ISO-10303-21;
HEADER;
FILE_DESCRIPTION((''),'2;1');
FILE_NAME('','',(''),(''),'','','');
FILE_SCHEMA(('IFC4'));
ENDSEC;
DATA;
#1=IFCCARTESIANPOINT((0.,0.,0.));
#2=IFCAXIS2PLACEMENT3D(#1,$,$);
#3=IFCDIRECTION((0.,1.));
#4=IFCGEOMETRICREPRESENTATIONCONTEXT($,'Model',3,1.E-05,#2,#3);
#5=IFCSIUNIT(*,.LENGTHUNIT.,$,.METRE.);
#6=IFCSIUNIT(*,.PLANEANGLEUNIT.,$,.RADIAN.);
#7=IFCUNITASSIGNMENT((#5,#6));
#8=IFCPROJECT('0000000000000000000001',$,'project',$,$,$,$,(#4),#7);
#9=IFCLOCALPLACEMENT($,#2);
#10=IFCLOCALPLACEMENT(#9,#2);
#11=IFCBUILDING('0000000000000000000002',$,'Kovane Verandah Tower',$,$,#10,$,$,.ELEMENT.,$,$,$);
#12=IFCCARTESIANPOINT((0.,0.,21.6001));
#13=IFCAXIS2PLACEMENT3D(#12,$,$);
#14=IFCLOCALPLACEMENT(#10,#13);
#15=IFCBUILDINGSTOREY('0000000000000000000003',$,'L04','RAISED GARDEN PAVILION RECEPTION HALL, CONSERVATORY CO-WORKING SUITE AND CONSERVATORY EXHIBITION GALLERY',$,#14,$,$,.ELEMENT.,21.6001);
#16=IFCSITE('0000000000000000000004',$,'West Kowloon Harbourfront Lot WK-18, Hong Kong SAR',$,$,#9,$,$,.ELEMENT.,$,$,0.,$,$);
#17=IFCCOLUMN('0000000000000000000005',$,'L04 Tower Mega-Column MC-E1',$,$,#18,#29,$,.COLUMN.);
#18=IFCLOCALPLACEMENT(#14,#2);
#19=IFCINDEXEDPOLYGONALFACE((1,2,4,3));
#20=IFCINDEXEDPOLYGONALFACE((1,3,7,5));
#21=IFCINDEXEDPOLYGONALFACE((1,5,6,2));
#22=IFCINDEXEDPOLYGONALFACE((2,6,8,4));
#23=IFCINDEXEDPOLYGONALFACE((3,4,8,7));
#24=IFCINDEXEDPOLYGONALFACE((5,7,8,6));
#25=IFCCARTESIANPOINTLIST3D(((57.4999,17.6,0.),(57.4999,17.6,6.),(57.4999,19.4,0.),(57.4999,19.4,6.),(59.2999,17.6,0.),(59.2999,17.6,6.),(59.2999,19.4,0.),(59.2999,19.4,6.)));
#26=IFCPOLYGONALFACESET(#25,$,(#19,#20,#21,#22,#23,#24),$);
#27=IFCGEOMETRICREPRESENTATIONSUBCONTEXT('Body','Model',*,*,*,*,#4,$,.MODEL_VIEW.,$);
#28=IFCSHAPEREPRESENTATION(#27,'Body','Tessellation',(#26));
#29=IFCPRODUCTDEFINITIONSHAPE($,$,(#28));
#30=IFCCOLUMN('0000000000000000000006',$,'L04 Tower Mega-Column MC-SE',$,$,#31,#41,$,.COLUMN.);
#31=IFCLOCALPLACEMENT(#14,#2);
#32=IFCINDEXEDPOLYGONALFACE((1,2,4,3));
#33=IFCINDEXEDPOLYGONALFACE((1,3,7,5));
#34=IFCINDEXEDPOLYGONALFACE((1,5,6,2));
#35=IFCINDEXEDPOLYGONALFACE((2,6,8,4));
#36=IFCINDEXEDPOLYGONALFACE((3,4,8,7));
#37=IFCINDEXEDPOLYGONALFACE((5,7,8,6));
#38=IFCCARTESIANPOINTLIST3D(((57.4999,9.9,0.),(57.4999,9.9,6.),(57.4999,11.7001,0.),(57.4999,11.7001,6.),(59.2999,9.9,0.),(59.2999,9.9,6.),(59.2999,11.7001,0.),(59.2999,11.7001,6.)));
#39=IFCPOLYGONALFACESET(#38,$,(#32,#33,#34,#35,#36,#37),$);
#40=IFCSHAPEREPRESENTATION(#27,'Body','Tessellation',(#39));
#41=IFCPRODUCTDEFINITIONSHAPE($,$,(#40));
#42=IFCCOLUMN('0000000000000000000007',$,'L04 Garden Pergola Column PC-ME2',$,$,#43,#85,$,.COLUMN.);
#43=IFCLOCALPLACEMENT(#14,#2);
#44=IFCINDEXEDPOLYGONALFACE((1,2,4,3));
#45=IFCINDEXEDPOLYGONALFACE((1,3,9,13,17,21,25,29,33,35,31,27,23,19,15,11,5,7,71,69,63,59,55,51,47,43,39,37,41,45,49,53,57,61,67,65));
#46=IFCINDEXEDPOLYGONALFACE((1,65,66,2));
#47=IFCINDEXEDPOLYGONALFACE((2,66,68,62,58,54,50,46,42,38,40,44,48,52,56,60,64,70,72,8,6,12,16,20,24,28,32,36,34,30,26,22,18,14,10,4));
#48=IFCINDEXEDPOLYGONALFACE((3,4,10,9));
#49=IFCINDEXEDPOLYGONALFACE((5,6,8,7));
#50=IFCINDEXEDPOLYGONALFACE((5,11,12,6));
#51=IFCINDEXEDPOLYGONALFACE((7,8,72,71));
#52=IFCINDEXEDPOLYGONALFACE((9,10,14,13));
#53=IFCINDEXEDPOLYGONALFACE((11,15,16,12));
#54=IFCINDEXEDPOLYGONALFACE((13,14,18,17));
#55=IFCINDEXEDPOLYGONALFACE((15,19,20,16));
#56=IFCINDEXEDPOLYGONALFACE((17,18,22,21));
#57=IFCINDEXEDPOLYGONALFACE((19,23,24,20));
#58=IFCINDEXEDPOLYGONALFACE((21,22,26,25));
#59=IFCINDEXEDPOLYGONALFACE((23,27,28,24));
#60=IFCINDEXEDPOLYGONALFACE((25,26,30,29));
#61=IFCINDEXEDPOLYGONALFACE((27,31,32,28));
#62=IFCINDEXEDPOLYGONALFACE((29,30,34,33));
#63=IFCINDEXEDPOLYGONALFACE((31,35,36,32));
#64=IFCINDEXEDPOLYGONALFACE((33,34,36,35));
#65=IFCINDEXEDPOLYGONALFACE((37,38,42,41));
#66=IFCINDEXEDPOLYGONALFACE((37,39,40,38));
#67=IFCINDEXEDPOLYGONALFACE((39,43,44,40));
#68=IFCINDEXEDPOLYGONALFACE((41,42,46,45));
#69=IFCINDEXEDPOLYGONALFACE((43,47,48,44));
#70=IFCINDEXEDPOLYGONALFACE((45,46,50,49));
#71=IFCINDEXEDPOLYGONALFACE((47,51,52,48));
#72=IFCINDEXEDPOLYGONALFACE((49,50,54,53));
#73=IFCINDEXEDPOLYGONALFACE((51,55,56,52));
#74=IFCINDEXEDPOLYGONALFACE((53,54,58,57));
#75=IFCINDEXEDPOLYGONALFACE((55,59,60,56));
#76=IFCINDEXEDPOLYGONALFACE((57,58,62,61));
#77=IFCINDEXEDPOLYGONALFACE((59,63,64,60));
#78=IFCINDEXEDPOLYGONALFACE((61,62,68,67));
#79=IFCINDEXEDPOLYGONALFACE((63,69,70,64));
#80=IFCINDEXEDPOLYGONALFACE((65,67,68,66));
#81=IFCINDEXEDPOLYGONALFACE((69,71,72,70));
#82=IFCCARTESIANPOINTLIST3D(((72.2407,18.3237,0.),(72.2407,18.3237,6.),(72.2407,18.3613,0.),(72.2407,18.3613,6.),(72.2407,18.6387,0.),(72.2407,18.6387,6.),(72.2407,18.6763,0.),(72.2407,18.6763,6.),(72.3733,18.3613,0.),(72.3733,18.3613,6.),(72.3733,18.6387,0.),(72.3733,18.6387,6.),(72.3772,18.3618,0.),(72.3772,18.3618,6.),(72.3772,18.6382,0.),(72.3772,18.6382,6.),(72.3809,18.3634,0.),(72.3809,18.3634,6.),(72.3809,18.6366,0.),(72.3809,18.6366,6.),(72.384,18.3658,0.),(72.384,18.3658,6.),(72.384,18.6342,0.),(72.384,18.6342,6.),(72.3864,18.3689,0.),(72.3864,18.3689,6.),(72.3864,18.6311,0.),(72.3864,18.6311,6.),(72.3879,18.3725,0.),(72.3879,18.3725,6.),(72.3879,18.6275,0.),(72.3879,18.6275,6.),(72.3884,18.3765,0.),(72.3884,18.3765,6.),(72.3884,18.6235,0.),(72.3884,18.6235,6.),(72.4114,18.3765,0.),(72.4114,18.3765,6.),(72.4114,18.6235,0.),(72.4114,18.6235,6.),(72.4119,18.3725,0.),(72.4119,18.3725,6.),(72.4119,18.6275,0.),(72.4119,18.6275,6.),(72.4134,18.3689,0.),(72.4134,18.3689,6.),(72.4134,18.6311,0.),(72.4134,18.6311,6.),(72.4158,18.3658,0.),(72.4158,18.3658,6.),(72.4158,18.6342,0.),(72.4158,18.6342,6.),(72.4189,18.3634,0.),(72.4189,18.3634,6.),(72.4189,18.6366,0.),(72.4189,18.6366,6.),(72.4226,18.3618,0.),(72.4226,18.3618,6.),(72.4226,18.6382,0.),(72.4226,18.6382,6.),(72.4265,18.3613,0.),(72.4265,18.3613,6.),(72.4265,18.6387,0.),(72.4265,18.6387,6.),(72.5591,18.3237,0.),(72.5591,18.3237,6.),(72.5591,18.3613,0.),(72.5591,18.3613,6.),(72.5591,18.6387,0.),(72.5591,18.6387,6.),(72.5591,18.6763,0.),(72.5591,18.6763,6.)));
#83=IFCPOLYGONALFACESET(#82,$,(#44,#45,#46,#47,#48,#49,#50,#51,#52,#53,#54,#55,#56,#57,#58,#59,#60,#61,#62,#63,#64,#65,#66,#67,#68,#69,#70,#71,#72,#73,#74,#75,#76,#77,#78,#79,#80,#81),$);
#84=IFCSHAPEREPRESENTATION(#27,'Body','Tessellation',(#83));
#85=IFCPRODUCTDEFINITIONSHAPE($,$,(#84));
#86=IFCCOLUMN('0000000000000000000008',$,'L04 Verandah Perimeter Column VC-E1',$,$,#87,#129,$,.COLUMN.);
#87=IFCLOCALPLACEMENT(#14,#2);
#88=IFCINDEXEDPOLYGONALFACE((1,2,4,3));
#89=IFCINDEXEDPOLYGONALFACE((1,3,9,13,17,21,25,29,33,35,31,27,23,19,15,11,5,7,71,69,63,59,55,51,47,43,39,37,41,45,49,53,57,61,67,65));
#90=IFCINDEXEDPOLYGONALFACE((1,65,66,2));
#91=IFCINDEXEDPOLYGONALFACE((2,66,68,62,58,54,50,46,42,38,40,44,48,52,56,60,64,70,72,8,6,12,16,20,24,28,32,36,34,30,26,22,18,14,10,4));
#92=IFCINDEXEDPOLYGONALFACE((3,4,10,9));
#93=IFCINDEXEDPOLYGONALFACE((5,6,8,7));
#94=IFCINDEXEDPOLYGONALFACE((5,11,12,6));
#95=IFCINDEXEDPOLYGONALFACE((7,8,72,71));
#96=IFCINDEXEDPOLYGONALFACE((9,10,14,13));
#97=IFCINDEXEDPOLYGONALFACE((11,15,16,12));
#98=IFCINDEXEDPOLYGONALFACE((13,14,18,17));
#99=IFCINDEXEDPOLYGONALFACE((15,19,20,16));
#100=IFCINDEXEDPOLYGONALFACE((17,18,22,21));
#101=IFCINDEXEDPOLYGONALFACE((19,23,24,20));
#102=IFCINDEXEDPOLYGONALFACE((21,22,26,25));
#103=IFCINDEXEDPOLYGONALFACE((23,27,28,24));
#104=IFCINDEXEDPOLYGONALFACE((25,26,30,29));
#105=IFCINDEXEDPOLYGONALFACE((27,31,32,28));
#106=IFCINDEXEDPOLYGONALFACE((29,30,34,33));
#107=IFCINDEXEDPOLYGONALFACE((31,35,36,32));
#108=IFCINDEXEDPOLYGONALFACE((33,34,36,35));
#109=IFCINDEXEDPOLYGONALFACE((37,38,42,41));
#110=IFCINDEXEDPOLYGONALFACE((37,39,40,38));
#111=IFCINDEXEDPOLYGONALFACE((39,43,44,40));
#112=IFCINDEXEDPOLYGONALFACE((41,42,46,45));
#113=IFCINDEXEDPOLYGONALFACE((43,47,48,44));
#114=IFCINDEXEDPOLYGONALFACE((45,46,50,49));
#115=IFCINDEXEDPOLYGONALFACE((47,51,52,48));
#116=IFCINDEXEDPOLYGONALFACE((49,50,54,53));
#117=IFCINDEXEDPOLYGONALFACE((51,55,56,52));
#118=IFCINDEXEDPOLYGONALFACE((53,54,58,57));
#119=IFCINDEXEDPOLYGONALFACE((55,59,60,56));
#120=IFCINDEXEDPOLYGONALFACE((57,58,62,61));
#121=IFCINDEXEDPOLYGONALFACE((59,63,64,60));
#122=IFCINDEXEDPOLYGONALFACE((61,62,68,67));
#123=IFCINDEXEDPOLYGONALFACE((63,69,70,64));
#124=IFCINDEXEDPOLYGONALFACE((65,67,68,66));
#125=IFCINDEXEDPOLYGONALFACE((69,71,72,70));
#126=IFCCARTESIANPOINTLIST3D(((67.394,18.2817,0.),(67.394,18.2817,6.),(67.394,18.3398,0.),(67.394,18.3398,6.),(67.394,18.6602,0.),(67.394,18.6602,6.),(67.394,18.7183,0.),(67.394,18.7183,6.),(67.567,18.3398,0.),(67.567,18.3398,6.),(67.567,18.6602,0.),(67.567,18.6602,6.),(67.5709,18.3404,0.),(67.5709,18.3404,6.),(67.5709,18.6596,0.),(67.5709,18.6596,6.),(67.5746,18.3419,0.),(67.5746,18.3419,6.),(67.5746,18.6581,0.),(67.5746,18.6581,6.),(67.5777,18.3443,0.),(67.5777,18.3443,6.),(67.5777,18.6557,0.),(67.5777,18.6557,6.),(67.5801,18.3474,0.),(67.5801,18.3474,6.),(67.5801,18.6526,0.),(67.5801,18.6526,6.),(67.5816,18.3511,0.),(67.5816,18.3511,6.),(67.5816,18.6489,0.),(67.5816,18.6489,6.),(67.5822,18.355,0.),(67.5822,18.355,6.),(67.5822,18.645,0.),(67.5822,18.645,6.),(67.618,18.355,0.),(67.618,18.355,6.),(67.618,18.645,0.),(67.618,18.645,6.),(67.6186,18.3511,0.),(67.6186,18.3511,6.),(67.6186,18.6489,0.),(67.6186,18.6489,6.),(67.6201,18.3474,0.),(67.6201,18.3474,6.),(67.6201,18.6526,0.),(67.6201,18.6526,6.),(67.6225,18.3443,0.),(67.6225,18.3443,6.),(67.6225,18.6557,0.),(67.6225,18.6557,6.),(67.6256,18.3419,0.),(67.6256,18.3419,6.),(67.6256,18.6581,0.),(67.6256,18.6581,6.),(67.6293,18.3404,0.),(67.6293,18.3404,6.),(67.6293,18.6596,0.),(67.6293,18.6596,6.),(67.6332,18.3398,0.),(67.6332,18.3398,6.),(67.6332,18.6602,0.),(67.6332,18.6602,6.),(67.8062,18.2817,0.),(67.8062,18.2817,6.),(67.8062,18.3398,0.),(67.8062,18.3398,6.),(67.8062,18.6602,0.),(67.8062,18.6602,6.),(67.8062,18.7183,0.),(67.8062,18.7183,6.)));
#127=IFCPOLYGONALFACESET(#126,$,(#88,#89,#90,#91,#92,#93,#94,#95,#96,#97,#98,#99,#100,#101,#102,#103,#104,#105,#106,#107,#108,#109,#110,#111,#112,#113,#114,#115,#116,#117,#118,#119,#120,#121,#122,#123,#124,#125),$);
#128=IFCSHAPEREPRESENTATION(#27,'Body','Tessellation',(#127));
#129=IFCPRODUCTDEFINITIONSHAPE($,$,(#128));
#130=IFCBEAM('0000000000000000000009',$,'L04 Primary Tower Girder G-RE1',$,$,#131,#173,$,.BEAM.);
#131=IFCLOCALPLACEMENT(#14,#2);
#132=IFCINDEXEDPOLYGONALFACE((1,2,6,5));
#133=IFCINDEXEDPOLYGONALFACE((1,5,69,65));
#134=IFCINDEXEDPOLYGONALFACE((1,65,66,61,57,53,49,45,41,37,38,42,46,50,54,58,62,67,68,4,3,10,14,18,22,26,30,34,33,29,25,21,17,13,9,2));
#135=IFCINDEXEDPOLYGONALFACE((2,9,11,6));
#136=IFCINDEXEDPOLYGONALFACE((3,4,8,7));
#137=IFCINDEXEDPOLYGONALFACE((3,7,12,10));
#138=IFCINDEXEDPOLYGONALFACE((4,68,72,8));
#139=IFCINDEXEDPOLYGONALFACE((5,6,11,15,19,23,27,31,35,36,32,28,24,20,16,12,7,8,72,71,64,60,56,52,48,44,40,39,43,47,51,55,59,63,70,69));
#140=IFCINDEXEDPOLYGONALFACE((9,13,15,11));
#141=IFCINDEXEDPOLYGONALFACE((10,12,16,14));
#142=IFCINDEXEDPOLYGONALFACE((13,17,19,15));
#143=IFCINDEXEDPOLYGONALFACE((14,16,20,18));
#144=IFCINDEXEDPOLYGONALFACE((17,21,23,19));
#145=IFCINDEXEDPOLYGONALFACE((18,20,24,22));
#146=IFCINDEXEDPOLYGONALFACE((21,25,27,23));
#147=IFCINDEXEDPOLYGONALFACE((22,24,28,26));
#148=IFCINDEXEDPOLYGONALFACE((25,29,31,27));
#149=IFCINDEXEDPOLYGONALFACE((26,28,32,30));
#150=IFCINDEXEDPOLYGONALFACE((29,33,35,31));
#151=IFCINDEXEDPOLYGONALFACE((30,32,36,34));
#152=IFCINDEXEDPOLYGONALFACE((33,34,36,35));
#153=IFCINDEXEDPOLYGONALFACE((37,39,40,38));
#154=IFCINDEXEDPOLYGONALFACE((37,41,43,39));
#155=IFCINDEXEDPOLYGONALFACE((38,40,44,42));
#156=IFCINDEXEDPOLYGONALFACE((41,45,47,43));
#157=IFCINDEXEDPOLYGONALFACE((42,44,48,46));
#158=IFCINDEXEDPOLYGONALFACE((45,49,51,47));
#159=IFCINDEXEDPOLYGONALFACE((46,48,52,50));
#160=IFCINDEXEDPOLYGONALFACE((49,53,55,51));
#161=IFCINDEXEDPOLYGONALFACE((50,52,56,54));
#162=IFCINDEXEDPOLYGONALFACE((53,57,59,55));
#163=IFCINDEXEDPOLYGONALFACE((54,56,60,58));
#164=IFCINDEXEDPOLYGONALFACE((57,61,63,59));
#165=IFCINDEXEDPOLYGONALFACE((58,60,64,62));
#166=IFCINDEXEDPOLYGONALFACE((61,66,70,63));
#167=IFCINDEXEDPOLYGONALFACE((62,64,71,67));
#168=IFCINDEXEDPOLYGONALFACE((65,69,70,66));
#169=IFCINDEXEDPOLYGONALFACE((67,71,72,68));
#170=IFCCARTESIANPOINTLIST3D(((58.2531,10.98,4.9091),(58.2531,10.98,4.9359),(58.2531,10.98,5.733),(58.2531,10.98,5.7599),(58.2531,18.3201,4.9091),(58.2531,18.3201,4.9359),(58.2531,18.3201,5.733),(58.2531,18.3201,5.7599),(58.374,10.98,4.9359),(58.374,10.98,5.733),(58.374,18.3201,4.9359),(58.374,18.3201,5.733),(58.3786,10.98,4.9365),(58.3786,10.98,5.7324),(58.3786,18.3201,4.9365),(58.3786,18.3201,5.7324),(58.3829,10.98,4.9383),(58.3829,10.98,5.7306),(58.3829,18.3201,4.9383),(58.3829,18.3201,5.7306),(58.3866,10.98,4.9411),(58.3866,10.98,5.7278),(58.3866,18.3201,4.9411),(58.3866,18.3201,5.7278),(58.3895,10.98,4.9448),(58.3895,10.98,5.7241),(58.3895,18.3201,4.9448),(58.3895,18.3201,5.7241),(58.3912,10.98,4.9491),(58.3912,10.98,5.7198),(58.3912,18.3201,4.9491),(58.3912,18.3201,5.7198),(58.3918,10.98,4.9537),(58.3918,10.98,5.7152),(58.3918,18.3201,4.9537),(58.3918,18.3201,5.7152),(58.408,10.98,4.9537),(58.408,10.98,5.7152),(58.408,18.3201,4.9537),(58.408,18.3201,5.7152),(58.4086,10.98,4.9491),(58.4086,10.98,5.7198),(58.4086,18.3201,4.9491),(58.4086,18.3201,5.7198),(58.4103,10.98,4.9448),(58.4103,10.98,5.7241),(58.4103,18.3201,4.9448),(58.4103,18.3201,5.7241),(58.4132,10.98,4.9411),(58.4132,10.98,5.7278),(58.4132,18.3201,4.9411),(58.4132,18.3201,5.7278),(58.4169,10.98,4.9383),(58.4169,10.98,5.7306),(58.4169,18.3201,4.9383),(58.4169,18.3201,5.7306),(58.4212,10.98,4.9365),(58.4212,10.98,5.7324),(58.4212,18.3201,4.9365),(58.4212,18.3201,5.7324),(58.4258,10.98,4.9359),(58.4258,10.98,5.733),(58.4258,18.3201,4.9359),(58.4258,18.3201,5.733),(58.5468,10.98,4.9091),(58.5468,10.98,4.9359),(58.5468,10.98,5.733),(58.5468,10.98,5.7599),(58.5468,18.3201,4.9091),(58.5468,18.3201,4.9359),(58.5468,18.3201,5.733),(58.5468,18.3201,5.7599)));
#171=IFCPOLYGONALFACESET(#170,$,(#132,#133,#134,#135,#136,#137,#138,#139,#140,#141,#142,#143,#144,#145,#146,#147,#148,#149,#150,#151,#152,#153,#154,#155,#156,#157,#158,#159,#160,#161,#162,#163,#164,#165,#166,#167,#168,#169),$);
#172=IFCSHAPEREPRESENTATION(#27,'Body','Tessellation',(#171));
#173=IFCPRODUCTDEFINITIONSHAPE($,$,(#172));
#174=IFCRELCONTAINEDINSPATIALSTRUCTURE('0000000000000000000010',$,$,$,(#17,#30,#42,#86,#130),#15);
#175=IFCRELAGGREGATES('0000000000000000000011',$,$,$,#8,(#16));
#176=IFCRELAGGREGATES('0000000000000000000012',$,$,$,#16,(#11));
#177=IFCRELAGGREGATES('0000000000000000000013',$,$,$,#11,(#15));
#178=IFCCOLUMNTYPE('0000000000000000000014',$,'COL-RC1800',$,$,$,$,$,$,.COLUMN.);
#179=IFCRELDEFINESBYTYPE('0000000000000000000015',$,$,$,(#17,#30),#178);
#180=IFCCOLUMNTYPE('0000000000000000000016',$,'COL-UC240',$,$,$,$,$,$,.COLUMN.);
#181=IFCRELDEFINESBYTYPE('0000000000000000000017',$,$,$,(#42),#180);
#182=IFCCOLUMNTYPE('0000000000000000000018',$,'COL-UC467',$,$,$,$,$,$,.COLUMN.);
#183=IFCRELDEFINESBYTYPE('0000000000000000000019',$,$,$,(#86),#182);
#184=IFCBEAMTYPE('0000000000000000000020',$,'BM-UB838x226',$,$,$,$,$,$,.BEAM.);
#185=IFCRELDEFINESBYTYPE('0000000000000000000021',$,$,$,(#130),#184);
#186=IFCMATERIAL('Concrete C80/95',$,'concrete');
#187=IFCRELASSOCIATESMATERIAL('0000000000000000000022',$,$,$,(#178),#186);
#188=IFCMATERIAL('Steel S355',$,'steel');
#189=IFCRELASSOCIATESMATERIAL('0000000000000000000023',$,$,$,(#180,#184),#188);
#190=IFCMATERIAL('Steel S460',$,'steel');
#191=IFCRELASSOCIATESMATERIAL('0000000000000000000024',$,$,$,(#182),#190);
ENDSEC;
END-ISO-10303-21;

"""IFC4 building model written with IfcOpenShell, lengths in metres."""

from ifc_helpers import new_model, si_unit, direction, frame, origin, origin_2d, place, context, subcontext, project, spatial, rectangle, i_section, extrude, material, material_profile, profile_set, type_object, element, save


model = new_model("IFC4")

# Units and contexts
model_context = context("Model", 3, precision=1e-05, world=origin(), true_north=direction((0.0, 1.0)))
body_context = subcontext(model_context, "Body", "Model", "MODEL_VIEW")
ifc_project = project(units=[si_unit("LENGTHUNIT", "METRE"), si_unit("PLANEANGLEUNIT", "RADIAN")], contexts=[model_context])

# Site, building, storey
site_placement = place(None, origin())
site = spatial("IfcSite", under=ifc_project, at=site_placement, Name="West Kowloon Harbourfront Lot WK-18, Hong Kong SAR", CompositionType="ELEMENT", RefElevation=0.0)
building_placement = place(site_placement, origin())
building = spatial("IfcBuilding", under=site, at=building_placement, Name="Kovane Verandah Tower", CompositionType="ELEMENT")
storey_placement = place(building_placement, frame((0.0, 0.0, 21.6001)))
storey = spatial("IfcBuildingStorey", under=building, at=storey_placement, Name="L04", Description="RAISED GARDEN PAVILION RECEPTION HALL, CONSERVATORY CO-WORKING SUITE AND CONSERVATORY EXHIBITION GALLERY", CompositionType="ELEMENT", Elevation=21.6001)

# Columns
ifc_material_1 = material(Name="Concrete C80/95", Category="concrete")
ifc_material_profile_1 = material_profile(ifc_material_1, rectangle(XDim=1.8, YDim=1.8, at=origin_2d()), Name="RC1800x1800")
ifc_profile_set_1 = profile_set([ifc_material_profile_1], Name="Concrete C80/95")
column_type_1 = type_object("IfcColumnType", Name="COL-RC1800", PredefinedType="COLUMN", material=ifc_profile_set_1)
for number, where, z_axis, x_axis, name in (
    (1, (58.3999, 18.5, 0.0), (0.0, 0.0, 1.0), (1.0, 0.0, 0.0), "L04 Tower Mega-Column MC-E1"),
    (2, (58.3999, 10.8, 0.0), (0.0, 0.0, 1.0), (1.0, 0.0, 0.0), "L04 Tower Mega-Column MC-SE"),
):
    element("IfcColumn", number, at=place(storey_placement, frame(where, z_axis=z_axis, x_axis=x_axis)), inside=storey, type_object=column_type_1, Name=name, PredefinedType="COLUMN", context=body_context, shape_type="SweptSolid", body=[
        extrude(rectangle(XDim=1.8, YDim=1.8, at=origin_2d()), origin(), (0.0, 0.0, 1.0), 6.0),
    ])
ifc_material_2 = material(Name="Steel S355", Category="steel")
ifc_material_profile_2 = material_profile(ifc_material_2, i_section(OverallWidth=0.3184, OverallDepth=0.3525, WebThickness=0.0229, FlangeThickness=0.0376, FilletRadius=0.0151, at=origin_2d()), Name="UC305x305x240")
ifc_profile_set_2 = profile_set([ifc_material_profile_2], Name="Steel S355")
column_type_2 = type_object("IfcColumnType", Name="COL-UC240", PredefinedType="COLUMN", material=ifc_profile_set_2)
column_1_placement = place(storey_placement, frame((72.3999, 18.5, 0.0), z_axis=(0.0, 0.0, 1.0), x_axis=(1.0, 0.0, 0.0)))
element("IfcColumn", 3, at=column_1_placement, inside=storey, type_object=column_type_2, Name="L04 Garden Pergola Column PC-ME2", PredefinedType="COLUMN", context=body_context, shape_type="SweptSolid", body=[
    extrude(i_section(OverallWidth=0.3184, OverallDepth=0.3525, WebThickness=0.0229, FlangeThickness=0.0376, FilletRadius=0.0151, at=origin_2d()), origin(), (0.0, 0.0, 1.0), 6.0),
])
ifc_material_3 = material(Name="Steel S460", Category="steel")
ifc_material_profile_3 = material_profile(ifc_material_3, i_section(OverallWidth=0.4121, OverallDepth=0.4365, WebThickness=0.0359, FlangeThickness=0.0581, FilletRadius=0.0151, at=origin_2d()), Name="UC356x406x467")
ifc_profile_set_3 = profile_set([ifc_material_profile_3], Name="Steel S460")
column_type_3 = type_object("IfcColumnType", Name="COL-UC467", PredefinedType="COLUMN", material=ifc_profile_set_3)
column_2_placement = place(storey_placement, frame((67.6001, 18.5, 0.0), z_axis=(0.0, 0.0, 1.0), x_axis=(1.0, 0.0, 0.0)))
element("IfcColumn", 4, at=column_2_placement, inside=storey, type_object=column_type_3, Name="L04 Verandah Perimeter Column VC-E1", PredefinedType="COLUMN", context=body_context, shape_type="SweptSolid", body=[
    extrude(i_section(OverallWidth=0.4121, OverallDepth=0.4365, WebThickness=0.0359, FlangeThickness=0.0581, FilletRadius=0.0151, at=origin_2d()), origin(), (0.0, 0.0, 1.0), 6.0),
])

# Beam
ifc_material_profile_4 = material_profile(ifc_material_2, i_section(OverallWidth=0.2937, OverallDepth=0.8508, WebThickness=0.0161, FlangeThickness=0.0269, FilletRadius=0.0178, at=origin_2d()), Name="UB838x292x226")
ifc_profile_set_4 = profile_set([ifc_material_profile_4], Name="Steel S355")
beam_type_1 = type_object("IfcBeamType", Name="BM-UB838x226", PredefinedType="BEAM", material=ifc_profile_set_4)
beam_1_placement = place(storey_placement, frame((58.3999, 10.98, 5.3345), z_axis=(0.0, 1.0, 0.0), x_axis=(-1.0, 0.0, 0.0)))
element("IfcBeam", 5, at=beam_1_placement, inside=storey, type_object=beam_type_1, Name="L04 Primary Tower Girder G-RE1", PredefinedType="BEAM", context=body_context, shape_type="SweptSolid", body=[
    extrude(i_section(OverallWidth=0.2937, OverallDepth=0.8508, WebThickness=0.0161, FlangeThickness=0.0269, FilletRadius=0.0178, at=origin_2d()), origin(), (0.0, 0.0, 1.0), 7.3401),
])

save(model, "model.ifc")
